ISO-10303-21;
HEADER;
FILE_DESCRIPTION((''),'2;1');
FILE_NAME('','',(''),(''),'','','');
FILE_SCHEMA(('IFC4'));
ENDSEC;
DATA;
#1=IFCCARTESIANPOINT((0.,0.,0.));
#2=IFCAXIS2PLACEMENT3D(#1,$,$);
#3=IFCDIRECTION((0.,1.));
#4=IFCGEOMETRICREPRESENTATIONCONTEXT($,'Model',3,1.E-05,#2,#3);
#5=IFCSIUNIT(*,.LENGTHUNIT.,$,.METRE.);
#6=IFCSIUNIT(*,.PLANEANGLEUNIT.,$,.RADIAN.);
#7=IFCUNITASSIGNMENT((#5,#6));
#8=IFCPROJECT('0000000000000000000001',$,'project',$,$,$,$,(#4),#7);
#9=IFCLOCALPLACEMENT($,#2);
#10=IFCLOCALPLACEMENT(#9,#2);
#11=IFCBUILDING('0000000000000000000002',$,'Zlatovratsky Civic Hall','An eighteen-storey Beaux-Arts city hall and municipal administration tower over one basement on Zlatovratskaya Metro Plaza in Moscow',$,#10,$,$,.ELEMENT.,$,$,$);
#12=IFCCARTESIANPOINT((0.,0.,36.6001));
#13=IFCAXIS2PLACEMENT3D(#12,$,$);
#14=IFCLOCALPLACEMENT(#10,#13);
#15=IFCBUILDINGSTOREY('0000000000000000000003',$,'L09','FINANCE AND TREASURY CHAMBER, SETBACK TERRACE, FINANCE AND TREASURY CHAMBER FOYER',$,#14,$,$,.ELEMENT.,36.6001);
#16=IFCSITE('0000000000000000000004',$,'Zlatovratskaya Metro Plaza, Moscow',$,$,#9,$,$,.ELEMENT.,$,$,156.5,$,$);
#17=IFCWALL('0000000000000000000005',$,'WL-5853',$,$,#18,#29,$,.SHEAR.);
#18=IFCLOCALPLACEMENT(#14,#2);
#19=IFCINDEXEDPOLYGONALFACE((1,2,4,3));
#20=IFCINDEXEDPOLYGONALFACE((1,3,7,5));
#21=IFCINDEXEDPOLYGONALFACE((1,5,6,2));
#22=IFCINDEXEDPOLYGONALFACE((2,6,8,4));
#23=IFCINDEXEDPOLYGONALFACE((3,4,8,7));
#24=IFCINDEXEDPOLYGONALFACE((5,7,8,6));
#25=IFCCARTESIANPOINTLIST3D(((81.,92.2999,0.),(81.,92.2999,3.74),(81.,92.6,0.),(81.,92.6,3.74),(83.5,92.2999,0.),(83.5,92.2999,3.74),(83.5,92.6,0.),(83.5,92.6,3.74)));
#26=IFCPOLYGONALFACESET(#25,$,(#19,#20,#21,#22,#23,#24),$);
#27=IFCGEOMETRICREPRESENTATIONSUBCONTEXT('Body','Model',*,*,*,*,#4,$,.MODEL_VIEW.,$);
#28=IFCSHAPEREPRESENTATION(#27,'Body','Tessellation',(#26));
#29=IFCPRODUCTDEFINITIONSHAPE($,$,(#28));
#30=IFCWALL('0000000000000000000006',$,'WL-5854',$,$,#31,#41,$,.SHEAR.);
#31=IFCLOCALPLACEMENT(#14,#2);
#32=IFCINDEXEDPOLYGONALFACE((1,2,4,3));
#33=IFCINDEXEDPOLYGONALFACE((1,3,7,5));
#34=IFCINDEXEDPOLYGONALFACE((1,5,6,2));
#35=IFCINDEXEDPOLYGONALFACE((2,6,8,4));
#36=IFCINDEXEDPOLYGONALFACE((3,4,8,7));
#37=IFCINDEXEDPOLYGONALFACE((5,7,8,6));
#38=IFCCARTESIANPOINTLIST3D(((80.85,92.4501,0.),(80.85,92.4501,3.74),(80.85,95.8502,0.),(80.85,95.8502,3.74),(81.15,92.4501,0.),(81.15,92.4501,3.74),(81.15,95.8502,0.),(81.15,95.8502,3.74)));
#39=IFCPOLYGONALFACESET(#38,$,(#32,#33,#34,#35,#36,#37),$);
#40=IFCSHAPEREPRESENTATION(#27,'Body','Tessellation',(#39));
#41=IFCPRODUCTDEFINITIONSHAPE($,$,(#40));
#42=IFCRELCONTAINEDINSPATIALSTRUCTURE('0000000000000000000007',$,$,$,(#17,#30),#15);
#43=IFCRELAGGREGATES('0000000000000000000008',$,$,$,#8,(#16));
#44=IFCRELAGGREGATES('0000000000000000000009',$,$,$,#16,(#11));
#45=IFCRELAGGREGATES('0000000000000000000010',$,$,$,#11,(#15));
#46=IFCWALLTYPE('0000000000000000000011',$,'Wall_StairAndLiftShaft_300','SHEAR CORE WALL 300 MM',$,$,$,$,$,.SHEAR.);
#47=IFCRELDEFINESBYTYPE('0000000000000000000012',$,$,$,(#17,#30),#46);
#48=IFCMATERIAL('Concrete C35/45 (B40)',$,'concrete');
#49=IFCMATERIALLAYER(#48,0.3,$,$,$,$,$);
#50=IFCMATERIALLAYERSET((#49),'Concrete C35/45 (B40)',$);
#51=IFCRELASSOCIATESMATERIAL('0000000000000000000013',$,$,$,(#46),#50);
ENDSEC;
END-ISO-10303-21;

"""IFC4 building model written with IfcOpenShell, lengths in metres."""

from ifc_helpers import new_model, si_unit, direction, frame, frame_2d, origin, place, context, subcontext, project, spatial, rectangle, extrude, material, layer, layer_set, type_object, element, save


model = new_model("IFC4")

# Units and contexts
model_context = context("Model", 3, precision=1e-05, world=origin(), true_north=direction((0.0, 1.0)))
body_context = subcontext(model_context, "Body", "Model", "MODEL_VIEW")
ifc_project = project(units=[si_unit("LENGTHUNIT", "METRE"), si_unit("PLANEANGLEUNIT", "RADIAN")], contexts=[model_context])

# Site, building, storey
site_placement = place(None, origin())
site = spatial("IfcSite", under=ifc_project, at=site_placement, Name="Zlatovratskaya Metro Plaza, Moscow", CompositionType="ELEMENT", RefElevation=156.5)
building_placement = place(site_placement, origin())
building = spatial("IfcBuilding", under=site, at=building_placement, Name="Zlatovratsky Civic Hall", Description="An eighteen-storey Beaux-Arts city hall and municipal administration tower over one basement on Zlatovratskaya Metro Plaza in Moscow", CompositionType="ELEMENT")
storey_placement = place(building_placement, frame((0.0, 0.0, 36.6001)))
storey = spatial("IfcBuildingStorey", under=building, at=storey_placement, Name="L09", Description="FINANCE AND TREASURY CHAMBER, SETBACK TERRACE, FINANCE AND TREASURY CHAMBER FOYER", CompositionType="ELEMENT", Elevation=36.6001)

# Shared definitions
ifc_material_1 = material(Name="Concrete C35/45 (B40)", Category="concrete")

# Shared definitions
ifc_layer_1 = layer(ifc_material_1, 0.3)
ifc_layer_set_1 = layer_set([ifc_layer_1], Name="Concrete C35/45 (B40)")
wall_type_1 = type_object("IfcWallType", Name="Wall_StairAndLiftShaft_300", Description="SHEAR CORE WALL 300 MM", PredefinedType="SHEAR", material=ifc_layer_set_1)

# Walls
wall_1_placement = place(storey_placement, frame((81.0, 92.45, 0.0), z_axis=(0.0, 0.0, 1.0), x_axis=(1.0, 0.0, 0.0)))
element("IfcWall", 1, at=wall_1_placement, inside=storey, type_object=wall_type_1, Name="WL-5853", PredefinedType="SHEAR", context=body_context, shape_type="SweptSolid", body=[
    extrude(rectangle(XDim=2.5, YDim=0.3, at=frame_2d((1.25, 0.0))), origin(), (0.0, 0.0, 1.0), 3.74),
])
wall_2_placement = place(storey_placement, frame((81.0, 92.45, 0.0), z_axis=(0.0, 0.0, 1.0), x_axis=(0.0, 1.0, 0.0)))
element("IfcWall", 2, at=wall_2_placement, inside=storey, type_object=wall_type_1, Name="WL-5854", PredefinedType="SHEAR", context=body_context, shape_type="SweptSolid", body=[
    extrude(rectangle(XDim=3.4001, YDim=0.3, at=frame_2d((1.7002, 0.0))), origin(), (0.0, 0.0, 1.0), 3.74),
])

save(model, "model.ifc")
